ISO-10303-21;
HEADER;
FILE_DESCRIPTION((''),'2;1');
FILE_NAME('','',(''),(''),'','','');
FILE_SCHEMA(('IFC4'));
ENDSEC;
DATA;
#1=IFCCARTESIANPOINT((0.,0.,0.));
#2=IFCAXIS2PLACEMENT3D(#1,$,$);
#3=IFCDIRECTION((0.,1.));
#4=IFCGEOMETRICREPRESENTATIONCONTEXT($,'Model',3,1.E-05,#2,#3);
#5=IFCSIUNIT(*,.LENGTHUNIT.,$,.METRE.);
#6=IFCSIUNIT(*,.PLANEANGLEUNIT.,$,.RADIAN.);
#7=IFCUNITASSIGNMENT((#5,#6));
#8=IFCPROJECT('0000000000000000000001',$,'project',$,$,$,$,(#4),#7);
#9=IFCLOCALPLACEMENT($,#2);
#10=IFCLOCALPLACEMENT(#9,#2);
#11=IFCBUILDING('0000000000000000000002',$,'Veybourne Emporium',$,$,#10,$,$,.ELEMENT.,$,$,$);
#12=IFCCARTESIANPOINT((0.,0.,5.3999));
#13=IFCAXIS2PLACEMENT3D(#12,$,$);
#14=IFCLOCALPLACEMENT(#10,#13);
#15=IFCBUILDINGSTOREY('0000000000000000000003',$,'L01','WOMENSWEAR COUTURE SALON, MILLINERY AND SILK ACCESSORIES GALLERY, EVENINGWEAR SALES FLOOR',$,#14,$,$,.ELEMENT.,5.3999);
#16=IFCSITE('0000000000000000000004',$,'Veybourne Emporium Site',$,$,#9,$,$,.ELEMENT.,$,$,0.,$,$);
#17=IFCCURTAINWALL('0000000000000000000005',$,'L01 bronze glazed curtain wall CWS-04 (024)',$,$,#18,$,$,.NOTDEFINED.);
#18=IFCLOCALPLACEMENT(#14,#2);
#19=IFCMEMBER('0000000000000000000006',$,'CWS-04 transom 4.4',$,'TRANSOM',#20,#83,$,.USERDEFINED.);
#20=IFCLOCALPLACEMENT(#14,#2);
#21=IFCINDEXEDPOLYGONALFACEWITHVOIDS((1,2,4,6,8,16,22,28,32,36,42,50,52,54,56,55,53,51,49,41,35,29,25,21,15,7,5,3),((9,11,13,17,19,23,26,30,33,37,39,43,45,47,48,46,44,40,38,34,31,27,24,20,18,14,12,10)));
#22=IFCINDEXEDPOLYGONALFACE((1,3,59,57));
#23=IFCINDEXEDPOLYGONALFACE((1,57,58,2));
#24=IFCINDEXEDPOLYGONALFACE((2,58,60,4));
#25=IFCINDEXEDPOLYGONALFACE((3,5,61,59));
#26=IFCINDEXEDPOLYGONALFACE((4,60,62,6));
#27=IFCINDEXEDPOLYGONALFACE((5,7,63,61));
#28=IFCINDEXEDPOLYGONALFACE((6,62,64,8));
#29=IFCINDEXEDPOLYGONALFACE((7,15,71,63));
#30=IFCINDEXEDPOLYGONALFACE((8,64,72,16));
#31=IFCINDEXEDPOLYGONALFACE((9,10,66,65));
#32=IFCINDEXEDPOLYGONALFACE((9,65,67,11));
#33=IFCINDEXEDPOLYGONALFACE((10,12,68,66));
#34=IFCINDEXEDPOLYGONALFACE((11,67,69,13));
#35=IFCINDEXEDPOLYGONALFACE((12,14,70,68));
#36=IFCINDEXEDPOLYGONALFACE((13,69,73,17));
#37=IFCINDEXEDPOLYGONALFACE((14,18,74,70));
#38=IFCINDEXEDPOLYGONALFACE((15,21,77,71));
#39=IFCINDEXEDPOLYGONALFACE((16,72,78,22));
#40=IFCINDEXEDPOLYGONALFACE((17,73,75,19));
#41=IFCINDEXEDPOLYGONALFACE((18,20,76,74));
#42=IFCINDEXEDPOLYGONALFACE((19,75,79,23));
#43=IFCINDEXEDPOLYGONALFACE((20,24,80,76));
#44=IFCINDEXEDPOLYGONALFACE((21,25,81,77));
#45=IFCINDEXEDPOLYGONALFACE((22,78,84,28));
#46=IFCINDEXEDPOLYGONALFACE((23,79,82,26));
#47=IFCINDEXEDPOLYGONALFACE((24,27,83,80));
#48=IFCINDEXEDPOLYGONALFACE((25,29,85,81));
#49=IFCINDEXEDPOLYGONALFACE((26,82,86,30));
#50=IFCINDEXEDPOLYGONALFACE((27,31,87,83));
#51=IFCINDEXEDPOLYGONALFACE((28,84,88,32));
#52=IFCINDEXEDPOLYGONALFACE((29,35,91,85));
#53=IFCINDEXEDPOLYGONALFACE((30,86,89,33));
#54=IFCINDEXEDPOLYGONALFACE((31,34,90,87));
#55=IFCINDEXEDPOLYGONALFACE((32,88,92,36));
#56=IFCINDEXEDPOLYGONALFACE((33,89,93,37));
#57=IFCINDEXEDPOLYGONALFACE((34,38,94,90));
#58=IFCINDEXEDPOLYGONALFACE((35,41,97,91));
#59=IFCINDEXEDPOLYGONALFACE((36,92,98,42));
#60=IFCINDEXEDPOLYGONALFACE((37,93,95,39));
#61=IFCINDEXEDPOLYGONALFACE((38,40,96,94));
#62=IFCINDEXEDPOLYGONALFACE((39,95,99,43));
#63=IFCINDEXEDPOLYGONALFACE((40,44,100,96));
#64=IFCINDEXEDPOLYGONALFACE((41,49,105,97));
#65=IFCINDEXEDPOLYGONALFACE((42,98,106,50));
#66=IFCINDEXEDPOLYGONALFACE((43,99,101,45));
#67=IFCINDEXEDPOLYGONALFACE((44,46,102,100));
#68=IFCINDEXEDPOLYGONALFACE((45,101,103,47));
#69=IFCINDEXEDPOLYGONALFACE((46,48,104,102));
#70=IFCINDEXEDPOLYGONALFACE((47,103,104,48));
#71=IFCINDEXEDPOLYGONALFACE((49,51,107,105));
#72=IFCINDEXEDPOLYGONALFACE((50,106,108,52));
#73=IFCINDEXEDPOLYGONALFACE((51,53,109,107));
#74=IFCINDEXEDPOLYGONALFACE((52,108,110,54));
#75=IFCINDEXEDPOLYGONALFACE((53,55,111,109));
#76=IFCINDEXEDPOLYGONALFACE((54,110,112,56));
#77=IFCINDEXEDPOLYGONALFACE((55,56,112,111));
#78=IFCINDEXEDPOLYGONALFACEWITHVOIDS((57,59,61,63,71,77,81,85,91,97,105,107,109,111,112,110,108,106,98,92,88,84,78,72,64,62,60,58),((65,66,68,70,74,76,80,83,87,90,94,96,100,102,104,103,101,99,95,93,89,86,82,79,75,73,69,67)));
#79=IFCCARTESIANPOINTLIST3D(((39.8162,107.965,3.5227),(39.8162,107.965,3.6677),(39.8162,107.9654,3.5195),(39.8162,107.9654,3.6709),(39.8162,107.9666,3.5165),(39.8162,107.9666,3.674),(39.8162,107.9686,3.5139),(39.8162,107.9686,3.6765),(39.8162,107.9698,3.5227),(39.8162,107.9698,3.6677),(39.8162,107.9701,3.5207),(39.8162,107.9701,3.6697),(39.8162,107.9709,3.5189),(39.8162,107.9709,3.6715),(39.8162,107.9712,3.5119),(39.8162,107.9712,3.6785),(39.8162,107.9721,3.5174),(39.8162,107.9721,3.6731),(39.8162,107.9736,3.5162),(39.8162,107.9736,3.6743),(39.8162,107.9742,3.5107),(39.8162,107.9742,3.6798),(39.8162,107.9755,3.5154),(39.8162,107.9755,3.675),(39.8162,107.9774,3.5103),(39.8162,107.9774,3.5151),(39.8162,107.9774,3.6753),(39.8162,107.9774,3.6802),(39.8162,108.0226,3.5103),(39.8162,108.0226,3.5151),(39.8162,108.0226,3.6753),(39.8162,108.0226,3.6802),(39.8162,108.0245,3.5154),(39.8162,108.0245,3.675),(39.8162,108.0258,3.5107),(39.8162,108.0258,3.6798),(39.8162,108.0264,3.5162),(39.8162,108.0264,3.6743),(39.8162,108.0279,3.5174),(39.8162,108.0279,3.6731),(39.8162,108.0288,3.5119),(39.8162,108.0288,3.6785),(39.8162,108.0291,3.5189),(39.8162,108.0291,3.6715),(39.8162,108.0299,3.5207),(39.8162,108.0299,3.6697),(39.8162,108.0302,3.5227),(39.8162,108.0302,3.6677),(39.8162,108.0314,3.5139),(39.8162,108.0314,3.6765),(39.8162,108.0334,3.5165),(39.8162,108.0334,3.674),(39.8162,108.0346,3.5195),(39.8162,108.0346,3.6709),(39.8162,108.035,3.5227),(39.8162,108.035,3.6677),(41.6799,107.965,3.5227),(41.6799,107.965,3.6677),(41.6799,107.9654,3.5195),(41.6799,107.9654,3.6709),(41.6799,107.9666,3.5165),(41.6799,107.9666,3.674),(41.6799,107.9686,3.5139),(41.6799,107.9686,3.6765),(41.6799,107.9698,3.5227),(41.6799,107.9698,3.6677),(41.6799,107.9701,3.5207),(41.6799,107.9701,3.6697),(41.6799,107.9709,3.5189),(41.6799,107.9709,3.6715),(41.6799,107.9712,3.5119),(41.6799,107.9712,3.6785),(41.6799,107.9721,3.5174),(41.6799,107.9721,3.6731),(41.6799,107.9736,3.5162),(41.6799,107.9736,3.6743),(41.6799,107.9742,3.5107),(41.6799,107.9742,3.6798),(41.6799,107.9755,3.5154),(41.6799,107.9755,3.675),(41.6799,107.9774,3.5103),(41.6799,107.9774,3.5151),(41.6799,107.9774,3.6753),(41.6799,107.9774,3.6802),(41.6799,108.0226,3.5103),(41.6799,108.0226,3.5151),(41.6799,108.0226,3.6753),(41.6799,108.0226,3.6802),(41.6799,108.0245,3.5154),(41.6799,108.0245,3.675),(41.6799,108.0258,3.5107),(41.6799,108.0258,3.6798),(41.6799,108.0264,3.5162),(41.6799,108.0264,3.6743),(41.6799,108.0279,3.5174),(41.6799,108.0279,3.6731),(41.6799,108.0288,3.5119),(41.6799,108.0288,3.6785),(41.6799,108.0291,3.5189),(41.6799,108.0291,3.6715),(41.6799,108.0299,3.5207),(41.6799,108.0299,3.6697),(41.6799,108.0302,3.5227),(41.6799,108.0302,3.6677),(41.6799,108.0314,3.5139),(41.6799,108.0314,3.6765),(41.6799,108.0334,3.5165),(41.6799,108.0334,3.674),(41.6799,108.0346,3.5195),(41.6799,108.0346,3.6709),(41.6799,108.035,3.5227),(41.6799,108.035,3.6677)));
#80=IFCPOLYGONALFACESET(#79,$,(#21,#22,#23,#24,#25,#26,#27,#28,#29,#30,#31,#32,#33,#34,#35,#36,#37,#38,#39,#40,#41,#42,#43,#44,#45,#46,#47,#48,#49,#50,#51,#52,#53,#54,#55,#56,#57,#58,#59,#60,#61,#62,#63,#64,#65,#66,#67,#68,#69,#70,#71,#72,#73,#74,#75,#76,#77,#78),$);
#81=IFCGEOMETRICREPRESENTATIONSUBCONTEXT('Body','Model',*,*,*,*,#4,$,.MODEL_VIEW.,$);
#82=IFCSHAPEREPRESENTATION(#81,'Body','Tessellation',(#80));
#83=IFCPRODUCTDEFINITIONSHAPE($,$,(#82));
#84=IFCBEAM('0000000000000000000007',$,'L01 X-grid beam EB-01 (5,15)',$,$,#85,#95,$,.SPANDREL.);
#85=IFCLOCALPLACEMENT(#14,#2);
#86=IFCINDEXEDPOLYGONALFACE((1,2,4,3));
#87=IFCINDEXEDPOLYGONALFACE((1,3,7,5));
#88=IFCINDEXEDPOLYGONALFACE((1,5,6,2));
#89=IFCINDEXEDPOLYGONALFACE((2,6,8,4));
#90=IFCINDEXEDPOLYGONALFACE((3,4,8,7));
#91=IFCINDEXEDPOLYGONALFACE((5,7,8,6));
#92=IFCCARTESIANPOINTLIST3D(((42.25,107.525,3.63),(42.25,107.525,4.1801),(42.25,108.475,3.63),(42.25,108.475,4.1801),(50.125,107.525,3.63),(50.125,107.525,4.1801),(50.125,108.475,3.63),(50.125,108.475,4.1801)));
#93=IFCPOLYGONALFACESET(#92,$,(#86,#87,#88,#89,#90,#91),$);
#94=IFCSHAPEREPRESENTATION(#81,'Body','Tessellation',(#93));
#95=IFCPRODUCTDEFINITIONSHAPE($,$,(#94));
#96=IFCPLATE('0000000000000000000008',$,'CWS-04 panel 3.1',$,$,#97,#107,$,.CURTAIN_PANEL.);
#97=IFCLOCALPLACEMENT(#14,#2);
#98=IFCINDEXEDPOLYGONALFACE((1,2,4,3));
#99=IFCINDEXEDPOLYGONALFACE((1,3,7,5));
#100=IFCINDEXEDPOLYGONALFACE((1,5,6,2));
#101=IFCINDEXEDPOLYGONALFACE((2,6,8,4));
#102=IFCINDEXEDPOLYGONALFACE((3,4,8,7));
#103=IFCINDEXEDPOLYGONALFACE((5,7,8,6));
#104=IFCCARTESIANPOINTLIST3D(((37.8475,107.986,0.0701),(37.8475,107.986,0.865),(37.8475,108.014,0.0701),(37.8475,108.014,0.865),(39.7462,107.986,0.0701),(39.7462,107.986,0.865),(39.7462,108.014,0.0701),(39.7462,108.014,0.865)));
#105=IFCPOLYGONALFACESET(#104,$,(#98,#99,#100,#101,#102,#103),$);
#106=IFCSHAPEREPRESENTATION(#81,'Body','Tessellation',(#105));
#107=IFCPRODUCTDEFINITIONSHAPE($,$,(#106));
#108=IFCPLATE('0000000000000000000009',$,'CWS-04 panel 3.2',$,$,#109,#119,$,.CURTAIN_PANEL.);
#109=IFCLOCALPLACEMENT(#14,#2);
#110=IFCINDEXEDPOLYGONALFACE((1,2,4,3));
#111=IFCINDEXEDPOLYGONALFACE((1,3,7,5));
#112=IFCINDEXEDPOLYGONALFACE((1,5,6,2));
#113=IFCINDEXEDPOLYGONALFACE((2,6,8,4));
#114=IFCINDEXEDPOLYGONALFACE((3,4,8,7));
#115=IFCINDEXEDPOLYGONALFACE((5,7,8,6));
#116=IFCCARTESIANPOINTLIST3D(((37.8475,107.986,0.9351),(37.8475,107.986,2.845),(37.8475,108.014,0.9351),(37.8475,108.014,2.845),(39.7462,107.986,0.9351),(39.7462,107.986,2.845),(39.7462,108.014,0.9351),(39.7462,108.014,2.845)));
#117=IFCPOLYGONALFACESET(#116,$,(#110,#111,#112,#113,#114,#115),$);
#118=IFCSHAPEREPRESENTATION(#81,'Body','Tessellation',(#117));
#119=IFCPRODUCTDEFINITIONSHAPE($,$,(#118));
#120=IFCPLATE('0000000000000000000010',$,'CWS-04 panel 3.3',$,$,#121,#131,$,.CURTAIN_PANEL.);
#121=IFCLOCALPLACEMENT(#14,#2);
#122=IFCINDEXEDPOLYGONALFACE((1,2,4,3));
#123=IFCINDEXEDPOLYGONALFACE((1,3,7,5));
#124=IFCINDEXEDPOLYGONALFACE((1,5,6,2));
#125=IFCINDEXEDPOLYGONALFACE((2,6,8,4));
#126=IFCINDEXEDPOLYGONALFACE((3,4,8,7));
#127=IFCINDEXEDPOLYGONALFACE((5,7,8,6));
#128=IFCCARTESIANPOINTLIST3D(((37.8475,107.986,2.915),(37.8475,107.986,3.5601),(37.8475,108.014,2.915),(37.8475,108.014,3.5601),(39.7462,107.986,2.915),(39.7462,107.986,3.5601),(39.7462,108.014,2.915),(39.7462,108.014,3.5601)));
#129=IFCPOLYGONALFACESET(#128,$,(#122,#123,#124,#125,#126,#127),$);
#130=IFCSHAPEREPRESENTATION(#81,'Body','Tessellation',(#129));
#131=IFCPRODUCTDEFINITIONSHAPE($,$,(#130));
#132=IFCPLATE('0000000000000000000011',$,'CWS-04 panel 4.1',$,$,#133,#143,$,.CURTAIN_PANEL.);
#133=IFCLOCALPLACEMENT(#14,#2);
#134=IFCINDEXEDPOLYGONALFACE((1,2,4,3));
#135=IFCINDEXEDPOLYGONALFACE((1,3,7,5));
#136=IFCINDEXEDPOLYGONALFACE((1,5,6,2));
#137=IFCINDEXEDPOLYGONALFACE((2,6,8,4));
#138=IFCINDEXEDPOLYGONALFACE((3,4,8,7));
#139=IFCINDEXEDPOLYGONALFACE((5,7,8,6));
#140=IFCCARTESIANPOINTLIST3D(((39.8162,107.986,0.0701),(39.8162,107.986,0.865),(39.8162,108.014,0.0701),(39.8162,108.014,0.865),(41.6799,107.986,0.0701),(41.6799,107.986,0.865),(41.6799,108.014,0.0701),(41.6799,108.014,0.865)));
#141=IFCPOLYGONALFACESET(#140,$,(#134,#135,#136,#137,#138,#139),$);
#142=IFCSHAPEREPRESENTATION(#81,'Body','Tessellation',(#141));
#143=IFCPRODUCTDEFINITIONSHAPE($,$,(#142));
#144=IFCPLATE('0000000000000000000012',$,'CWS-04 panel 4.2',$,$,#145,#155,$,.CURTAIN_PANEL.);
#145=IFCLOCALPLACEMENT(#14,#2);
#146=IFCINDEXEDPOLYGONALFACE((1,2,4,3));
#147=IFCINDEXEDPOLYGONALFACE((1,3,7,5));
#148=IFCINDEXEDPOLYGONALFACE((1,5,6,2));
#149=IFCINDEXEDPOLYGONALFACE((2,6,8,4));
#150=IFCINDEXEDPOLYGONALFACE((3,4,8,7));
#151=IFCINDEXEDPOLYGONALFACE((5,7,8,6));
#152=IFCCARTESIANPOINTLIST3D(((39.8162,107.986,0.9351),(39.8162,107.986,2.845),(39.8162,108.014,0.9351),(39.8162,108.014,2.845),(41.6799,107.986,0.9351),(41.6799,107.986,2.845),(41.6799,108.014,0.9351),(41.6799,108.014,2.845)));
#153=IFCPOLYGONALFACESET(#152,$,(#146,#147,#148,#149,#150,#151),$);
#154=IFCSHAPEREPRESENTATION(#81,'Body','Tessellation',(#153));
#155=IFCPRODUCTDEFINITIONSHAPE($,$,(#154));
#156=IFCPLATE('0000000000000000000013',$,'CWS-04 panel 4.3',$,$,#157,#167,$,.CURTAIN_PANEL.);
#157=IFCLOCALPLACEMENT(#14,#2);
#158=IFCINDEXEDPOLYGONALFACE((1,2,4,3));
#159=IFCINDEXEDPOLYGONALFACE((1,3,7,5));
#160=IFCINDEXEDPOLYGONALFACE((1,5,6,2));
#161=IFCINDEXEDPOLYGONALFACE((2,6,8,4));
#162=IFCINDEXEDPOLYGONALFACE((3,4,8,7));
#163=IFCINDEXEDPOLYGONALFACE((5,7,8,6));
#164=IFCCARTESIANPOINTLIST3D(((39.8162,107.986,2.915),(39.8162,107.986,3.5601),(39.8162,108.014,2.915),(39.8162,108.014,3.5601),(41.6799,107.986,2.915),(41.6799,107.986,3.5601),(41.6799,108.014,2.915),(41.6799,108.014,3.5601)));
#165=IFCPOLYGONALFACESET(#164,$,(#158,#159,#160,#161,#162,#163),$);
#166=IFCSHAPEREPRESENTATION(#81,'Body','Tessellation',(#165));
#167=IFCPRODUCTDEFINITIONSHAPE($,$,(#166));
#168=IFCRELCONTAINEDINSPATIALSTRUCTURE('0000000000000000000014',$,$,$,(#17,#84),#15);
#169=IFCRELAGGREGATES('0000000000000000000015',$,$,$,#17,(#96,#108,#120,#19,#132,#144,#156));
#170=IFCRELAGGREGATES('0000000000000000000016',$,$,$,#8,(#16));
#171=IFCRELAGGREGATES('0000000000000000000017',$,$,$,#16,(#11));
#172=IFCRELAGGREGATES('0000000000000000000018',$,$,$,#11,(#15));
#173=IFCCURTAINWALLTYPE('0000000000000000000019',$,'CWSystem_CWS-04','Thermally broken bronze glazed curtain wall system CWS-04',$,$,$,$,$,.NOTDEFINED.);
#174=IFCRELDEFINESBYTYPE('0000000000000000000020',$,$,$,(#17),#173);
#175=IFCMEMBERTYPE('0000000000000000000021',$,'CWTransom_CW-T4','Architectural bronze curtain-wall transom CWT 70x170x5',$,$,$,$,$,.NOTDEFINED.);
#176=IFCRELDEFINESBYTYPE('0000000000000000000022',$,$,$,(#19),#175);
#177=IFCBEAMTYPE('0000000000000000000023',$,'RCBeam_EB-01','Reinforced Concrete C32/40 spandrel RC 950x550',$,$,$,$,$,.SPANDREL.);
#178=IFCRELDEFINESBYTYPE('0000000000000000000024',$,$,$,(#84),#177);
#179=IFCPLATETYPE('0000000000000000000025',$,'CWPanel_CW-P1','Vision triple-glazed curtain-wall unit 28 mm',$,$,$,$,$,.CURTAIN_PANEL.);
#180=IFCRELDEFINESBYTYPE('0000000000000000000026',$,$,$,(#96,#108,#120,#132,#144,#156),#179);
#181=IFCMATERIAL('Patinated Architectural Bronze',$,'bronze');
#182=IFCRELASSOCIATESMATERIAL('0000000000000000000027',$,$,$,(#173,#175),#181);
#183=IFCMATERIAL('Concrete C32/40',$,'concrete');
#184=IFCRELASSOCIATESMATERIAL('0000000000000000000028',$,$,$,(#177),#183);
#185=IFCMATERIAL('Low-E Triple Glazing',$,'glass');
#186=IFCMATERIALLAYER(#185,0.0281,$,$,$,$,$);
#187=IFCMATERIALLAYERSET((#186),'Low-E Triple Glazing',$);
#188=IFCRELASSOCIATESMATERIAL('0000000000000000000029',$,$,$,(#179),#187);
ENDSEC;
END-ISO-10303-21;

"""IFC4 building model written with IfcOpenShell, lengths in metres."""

from ifc_helpers import new_model, si_unit, direction, frame, origin, origin_2d, place, context, subcontext, project, spatial, rectangle, hollow_rectangle, extrude, material, layer, layer_set, material_profile, profile_set, type_object, element, aggregate, save


model = new_model("IFC4")

# Units and contexts
model_context = context("Model", 3, precision=1e-05, world=origin(), true_north=direction((0.0, 1.0)))
body_context = subcontext(model_context, "Body", "Model", "MODEL_VIEW")
ifc_project = project(units=[si_unit("LENGTHUNIT", "METRE"), si_unit("PLANEANGLEUNIT", "RADIAN")], contexts=[model_context])

# Site, building, storey
site_placement = place(None, origin())
site = spatial("IfcSite", under=ifc_project, at=site_placement, Name="Veybourne Emporium Site", CompositionType="ELEMENT", RefElevation=0.0)
building_placement = place(site_placement, origin())
building = spatial("IfcBuilding", under=site, at=building_placement, Name="Veybourne Emporium", CompositionType="ELEMENT")
storey_placement = place(building_placement, frame((0.0, 0.0, 5.3999)))
storey = spatial("IfcBuildingStorey", under=building, at=storey_placement, Name="L01", Description="WOMENSWEAR COUTURE SALON, MILLINERY AND SILK ACCESSORIES GALLERY, EVENINGWEAR SALES FLOOR", CompositionType="ELEMENT", Elevation=5.3999)

# Shared definitions
ifc_material_1 = material(Name="Patinated Architectural Bronze", Category="bronze")

# Curtain wall
curtain_wall_type_1 = type_object("IfcCurtainWallType", Name="CWSystem_CWS-04", Description="Thermally broken bronze glazed curtain wall system CWS-04", PredefinedType="NOTDEFINED", material=ifc_material_1)
curtain_wall_1_placement = place(storey_placement, origin())
curtain_wall_1 = element("IfcCurtainWall", 1, at=curtain_wall_1_placement, inside=storey, type_object=curtain_wall_type_1, Name="L01 bronze glazed curtain wall CWS-04 (024)", PredefinedType="NOTDEFINED")

# Member
ifc_material_profile_1 = material_profile(ifc_material_1, hollow_rectangle(XDim=0.0701, YDim=0.1699, WallThickness=0.0049, InnerFilletRadius=0.0076, OuterFilletRadius=0.0125, at=origin_2d()), Name="CWT 70x170x5")
ifc_profile_set_1 = profile_set([ifc_material_profile_1], Name="Patinated Architectural Bronze")
member_type_1 = type_object("IfcMemberType", Name="CWTransom_CW-T4", Description="Architectural bronze curtain-wall transom CWT 70x170x5", PredefinedType="NOTDEFINED", material=ifc_profile_set_1)
member_1_placement = place(storey_placement, frame((39.8162, 108.0, 3.5952), z_axis=(1.0, 0.0, 0.0), x_axis=(0.0, 1.0, 0.0)))
member_1 = element("IfcMember", 2, at=member_1_placement, type_object=member_type_1, Name="CWS-04 transom 4.4", ObjectType="TRANSOM", PredefinedType="USERDEFINED", context=body_context, shape_type="SweptSolid", body=[
    extrude(hollow_rectangle(XDim=0.0701, YDim=0.1699, WallThickness=0.0049, InnerFilletRadius=0.0076, OuterFilletRadius=0.0125, at=origin_2d()), origin(), (0.0, 0.0, 1.0), 1.8638),
])

# Beam
ifc_material_2 = material(Name="Concrete C32/40", Category="concrete")
ifc_material_profile_2 = material_profile(ifc_material_2, rectangle(XDim=0.95, YDim=0.55, at=origin_2d()), Name="RC 950x550")
ifc_profile_set_2 = profile_set([ifc_material_profile_2], Name="Concrete C32/40")
beam_type = type_object("IfcBeamType", Name="RCBeam_EB-01", Description="Reinforced Concrete C32/40 spandrel RC 950x550", PredefinedType="SPANDREL", material=ifc_profile_set_2)
beam_placement = place(storey_placement, frame((42.25, 108.0, 3.905), z_axis=(1.0, 0.0, 0.0), x_axis=(0.0, 1.0, 0.0)))
element("IfcBeam", 3, at=beam_placement, inside=storey, type_object=beam_type, Name="L01 X-grid beam EB-01 (5,15)", PredefinedType="SPANDREL", context=body_context, shape_type="SweptSolid", body=[
    extrude(rectangle(XDim=0.95, YDim=0.55, at=origin_2d()), origin(), (0.0, 0.0, 1.0), 7.875),
])

# Plates
ifc_material_3 = material(Name="Low-E Triple Glazing", Category="glass")
ifc_layer_1 = layer(ifc_material_3, 0.0281)
ifc_layer_set_1 = layer_set([ifc_layer_1], Name="Low-E Triple Glazing")
plate_type = type_object("IfcPlateType", Name="CWPanel_CW-P1", Description="Vision triple-glazed curtain-wall unit 28 mm", PredefinedType="CURTAIN_PANEL", material=ifc_layer_set_1)
plate_1_placement = place(storey_placement, frame((38.7969, 108.0, 0.0701), z_axis=(0.0, 0.0, 1.0), x_axis=(1.0, 0.0, 0.0)))
plate_1 = element("IfcPlate", 4, at=plate_1_placement, type_object=plate_type, Name="CWS-04 panel 3.1", PredefinedType="CURTAIN_PANEL", context=body_context, shape_type="SweptSolid", body=[
    extrude(rectangle(XDim=1.8987, YDim=0.0281, at=origin_2d()), origin(), (0.0, 0.0, 1.0), 0.7949),
])
plate_2_placement = place(storey_placement, frame((38.7969, 108.0, 0.9351), z_axis=(0.0, 0.0, 1.0), x_axis=(1.0, 0.0, 0.0)))
plate_2 = element("IfcPlate", 5, at=plate_2_placement, type_object=plate_type, Name="CWS-04 panel 3.2", PredefinedType="CURTAIN_PANEL", context=body_context, shape_type="SweptSolid", body=[
    extrude(rectangle(XDim=1.8987, YDim=0.0281, at=origin_2d()), origin(), (0.0, 0.0, 1.0), 1.9099),
])
plate_3_placement = place(storey_placement, frame((38.7969, 108.0, 2.915), z_axis=(0.0, 0.0, 1.0), x_axis=(1.0, 0.0, 0.0)))
plate_3 = element("IfcPlate", 6, at=plate_3_placement, type_object=plate_type, Name="CWS-04 panel 3.3", PredefinedType="CURTAIN_PANEL", context=body_context, shape_type="SweptSolid", body=[
    extrude(rectangle(XDim=1.8987, YDim=0.0281, at=origin_2d()), origin(), (0.0, 0.0, 1.0), 0.645),
])
plate_4_placement = place(storey_placement, frame((40.748, 108.0, 0.0701), z_axis=(0.0, 0.0, 1.0), x_axis=(1.0, 0.0, 0.0)))
plate_4 = element("IfcPlate", 7, at=plate_4_placement, type_object=plate_type, Name="CWS-04 panel 4.1", PredefinedType="CURTAIN_PANEL", context=body_context, shape_type="SweptSolid", body=[
    extrude(rectangle(XDim=1.8638, YDim=0.0281, at=origin_2d()), origin(), (0.0, 0.0, 1.0), 0.7949),
])
plate_5_placement = place(storey_placement, frame((40.748, 108.0, 0.9351), z_axis=(0.0, 0.0, 1.0), x_axis=(1.0, 0.0, 0.0)))
plate_5 = element("IfcPlate", 8, at=plate_5_placement, type_object=plate_type, Name="CWS-04 panel 4.2", PredefinedType="CURTAIN_PANEL", context=body_context, shape_type="SweptSolid", body=[
    extrude(rectangle(XDim=1.8638, YDim=0.0281, at=origin_2d()), origin(), (0.0, 0.0, 1.0), 1.9099),
])
plate_6_placement = place(storey_placement, frame((40.748, 108.0, 2.915), z_axis=(0.0, 0.0, 1.0), x_axis=(1.0, 0.0, 0.0)))
plate_6 = element("IfcPlate", 9, at=plate_6_placement, type_object=plate_type, Name="CWS-04 panel 4.3", PredefinedType="CURTAIN_PANEL", context=body_context, shape_type="SweptSolid", body=[
    extrude(rectangle(XDim=1.8638, YDim=0.0281, at=origin_2d()), origin(), (0.0, 0.0, 1.0), 0.645),
])
aggregate(curtain_wall_1, [plate_1, plate_2, plate_3, member_1, plate_4, plate_5, plate_6])

save(model, "model.ifc")
